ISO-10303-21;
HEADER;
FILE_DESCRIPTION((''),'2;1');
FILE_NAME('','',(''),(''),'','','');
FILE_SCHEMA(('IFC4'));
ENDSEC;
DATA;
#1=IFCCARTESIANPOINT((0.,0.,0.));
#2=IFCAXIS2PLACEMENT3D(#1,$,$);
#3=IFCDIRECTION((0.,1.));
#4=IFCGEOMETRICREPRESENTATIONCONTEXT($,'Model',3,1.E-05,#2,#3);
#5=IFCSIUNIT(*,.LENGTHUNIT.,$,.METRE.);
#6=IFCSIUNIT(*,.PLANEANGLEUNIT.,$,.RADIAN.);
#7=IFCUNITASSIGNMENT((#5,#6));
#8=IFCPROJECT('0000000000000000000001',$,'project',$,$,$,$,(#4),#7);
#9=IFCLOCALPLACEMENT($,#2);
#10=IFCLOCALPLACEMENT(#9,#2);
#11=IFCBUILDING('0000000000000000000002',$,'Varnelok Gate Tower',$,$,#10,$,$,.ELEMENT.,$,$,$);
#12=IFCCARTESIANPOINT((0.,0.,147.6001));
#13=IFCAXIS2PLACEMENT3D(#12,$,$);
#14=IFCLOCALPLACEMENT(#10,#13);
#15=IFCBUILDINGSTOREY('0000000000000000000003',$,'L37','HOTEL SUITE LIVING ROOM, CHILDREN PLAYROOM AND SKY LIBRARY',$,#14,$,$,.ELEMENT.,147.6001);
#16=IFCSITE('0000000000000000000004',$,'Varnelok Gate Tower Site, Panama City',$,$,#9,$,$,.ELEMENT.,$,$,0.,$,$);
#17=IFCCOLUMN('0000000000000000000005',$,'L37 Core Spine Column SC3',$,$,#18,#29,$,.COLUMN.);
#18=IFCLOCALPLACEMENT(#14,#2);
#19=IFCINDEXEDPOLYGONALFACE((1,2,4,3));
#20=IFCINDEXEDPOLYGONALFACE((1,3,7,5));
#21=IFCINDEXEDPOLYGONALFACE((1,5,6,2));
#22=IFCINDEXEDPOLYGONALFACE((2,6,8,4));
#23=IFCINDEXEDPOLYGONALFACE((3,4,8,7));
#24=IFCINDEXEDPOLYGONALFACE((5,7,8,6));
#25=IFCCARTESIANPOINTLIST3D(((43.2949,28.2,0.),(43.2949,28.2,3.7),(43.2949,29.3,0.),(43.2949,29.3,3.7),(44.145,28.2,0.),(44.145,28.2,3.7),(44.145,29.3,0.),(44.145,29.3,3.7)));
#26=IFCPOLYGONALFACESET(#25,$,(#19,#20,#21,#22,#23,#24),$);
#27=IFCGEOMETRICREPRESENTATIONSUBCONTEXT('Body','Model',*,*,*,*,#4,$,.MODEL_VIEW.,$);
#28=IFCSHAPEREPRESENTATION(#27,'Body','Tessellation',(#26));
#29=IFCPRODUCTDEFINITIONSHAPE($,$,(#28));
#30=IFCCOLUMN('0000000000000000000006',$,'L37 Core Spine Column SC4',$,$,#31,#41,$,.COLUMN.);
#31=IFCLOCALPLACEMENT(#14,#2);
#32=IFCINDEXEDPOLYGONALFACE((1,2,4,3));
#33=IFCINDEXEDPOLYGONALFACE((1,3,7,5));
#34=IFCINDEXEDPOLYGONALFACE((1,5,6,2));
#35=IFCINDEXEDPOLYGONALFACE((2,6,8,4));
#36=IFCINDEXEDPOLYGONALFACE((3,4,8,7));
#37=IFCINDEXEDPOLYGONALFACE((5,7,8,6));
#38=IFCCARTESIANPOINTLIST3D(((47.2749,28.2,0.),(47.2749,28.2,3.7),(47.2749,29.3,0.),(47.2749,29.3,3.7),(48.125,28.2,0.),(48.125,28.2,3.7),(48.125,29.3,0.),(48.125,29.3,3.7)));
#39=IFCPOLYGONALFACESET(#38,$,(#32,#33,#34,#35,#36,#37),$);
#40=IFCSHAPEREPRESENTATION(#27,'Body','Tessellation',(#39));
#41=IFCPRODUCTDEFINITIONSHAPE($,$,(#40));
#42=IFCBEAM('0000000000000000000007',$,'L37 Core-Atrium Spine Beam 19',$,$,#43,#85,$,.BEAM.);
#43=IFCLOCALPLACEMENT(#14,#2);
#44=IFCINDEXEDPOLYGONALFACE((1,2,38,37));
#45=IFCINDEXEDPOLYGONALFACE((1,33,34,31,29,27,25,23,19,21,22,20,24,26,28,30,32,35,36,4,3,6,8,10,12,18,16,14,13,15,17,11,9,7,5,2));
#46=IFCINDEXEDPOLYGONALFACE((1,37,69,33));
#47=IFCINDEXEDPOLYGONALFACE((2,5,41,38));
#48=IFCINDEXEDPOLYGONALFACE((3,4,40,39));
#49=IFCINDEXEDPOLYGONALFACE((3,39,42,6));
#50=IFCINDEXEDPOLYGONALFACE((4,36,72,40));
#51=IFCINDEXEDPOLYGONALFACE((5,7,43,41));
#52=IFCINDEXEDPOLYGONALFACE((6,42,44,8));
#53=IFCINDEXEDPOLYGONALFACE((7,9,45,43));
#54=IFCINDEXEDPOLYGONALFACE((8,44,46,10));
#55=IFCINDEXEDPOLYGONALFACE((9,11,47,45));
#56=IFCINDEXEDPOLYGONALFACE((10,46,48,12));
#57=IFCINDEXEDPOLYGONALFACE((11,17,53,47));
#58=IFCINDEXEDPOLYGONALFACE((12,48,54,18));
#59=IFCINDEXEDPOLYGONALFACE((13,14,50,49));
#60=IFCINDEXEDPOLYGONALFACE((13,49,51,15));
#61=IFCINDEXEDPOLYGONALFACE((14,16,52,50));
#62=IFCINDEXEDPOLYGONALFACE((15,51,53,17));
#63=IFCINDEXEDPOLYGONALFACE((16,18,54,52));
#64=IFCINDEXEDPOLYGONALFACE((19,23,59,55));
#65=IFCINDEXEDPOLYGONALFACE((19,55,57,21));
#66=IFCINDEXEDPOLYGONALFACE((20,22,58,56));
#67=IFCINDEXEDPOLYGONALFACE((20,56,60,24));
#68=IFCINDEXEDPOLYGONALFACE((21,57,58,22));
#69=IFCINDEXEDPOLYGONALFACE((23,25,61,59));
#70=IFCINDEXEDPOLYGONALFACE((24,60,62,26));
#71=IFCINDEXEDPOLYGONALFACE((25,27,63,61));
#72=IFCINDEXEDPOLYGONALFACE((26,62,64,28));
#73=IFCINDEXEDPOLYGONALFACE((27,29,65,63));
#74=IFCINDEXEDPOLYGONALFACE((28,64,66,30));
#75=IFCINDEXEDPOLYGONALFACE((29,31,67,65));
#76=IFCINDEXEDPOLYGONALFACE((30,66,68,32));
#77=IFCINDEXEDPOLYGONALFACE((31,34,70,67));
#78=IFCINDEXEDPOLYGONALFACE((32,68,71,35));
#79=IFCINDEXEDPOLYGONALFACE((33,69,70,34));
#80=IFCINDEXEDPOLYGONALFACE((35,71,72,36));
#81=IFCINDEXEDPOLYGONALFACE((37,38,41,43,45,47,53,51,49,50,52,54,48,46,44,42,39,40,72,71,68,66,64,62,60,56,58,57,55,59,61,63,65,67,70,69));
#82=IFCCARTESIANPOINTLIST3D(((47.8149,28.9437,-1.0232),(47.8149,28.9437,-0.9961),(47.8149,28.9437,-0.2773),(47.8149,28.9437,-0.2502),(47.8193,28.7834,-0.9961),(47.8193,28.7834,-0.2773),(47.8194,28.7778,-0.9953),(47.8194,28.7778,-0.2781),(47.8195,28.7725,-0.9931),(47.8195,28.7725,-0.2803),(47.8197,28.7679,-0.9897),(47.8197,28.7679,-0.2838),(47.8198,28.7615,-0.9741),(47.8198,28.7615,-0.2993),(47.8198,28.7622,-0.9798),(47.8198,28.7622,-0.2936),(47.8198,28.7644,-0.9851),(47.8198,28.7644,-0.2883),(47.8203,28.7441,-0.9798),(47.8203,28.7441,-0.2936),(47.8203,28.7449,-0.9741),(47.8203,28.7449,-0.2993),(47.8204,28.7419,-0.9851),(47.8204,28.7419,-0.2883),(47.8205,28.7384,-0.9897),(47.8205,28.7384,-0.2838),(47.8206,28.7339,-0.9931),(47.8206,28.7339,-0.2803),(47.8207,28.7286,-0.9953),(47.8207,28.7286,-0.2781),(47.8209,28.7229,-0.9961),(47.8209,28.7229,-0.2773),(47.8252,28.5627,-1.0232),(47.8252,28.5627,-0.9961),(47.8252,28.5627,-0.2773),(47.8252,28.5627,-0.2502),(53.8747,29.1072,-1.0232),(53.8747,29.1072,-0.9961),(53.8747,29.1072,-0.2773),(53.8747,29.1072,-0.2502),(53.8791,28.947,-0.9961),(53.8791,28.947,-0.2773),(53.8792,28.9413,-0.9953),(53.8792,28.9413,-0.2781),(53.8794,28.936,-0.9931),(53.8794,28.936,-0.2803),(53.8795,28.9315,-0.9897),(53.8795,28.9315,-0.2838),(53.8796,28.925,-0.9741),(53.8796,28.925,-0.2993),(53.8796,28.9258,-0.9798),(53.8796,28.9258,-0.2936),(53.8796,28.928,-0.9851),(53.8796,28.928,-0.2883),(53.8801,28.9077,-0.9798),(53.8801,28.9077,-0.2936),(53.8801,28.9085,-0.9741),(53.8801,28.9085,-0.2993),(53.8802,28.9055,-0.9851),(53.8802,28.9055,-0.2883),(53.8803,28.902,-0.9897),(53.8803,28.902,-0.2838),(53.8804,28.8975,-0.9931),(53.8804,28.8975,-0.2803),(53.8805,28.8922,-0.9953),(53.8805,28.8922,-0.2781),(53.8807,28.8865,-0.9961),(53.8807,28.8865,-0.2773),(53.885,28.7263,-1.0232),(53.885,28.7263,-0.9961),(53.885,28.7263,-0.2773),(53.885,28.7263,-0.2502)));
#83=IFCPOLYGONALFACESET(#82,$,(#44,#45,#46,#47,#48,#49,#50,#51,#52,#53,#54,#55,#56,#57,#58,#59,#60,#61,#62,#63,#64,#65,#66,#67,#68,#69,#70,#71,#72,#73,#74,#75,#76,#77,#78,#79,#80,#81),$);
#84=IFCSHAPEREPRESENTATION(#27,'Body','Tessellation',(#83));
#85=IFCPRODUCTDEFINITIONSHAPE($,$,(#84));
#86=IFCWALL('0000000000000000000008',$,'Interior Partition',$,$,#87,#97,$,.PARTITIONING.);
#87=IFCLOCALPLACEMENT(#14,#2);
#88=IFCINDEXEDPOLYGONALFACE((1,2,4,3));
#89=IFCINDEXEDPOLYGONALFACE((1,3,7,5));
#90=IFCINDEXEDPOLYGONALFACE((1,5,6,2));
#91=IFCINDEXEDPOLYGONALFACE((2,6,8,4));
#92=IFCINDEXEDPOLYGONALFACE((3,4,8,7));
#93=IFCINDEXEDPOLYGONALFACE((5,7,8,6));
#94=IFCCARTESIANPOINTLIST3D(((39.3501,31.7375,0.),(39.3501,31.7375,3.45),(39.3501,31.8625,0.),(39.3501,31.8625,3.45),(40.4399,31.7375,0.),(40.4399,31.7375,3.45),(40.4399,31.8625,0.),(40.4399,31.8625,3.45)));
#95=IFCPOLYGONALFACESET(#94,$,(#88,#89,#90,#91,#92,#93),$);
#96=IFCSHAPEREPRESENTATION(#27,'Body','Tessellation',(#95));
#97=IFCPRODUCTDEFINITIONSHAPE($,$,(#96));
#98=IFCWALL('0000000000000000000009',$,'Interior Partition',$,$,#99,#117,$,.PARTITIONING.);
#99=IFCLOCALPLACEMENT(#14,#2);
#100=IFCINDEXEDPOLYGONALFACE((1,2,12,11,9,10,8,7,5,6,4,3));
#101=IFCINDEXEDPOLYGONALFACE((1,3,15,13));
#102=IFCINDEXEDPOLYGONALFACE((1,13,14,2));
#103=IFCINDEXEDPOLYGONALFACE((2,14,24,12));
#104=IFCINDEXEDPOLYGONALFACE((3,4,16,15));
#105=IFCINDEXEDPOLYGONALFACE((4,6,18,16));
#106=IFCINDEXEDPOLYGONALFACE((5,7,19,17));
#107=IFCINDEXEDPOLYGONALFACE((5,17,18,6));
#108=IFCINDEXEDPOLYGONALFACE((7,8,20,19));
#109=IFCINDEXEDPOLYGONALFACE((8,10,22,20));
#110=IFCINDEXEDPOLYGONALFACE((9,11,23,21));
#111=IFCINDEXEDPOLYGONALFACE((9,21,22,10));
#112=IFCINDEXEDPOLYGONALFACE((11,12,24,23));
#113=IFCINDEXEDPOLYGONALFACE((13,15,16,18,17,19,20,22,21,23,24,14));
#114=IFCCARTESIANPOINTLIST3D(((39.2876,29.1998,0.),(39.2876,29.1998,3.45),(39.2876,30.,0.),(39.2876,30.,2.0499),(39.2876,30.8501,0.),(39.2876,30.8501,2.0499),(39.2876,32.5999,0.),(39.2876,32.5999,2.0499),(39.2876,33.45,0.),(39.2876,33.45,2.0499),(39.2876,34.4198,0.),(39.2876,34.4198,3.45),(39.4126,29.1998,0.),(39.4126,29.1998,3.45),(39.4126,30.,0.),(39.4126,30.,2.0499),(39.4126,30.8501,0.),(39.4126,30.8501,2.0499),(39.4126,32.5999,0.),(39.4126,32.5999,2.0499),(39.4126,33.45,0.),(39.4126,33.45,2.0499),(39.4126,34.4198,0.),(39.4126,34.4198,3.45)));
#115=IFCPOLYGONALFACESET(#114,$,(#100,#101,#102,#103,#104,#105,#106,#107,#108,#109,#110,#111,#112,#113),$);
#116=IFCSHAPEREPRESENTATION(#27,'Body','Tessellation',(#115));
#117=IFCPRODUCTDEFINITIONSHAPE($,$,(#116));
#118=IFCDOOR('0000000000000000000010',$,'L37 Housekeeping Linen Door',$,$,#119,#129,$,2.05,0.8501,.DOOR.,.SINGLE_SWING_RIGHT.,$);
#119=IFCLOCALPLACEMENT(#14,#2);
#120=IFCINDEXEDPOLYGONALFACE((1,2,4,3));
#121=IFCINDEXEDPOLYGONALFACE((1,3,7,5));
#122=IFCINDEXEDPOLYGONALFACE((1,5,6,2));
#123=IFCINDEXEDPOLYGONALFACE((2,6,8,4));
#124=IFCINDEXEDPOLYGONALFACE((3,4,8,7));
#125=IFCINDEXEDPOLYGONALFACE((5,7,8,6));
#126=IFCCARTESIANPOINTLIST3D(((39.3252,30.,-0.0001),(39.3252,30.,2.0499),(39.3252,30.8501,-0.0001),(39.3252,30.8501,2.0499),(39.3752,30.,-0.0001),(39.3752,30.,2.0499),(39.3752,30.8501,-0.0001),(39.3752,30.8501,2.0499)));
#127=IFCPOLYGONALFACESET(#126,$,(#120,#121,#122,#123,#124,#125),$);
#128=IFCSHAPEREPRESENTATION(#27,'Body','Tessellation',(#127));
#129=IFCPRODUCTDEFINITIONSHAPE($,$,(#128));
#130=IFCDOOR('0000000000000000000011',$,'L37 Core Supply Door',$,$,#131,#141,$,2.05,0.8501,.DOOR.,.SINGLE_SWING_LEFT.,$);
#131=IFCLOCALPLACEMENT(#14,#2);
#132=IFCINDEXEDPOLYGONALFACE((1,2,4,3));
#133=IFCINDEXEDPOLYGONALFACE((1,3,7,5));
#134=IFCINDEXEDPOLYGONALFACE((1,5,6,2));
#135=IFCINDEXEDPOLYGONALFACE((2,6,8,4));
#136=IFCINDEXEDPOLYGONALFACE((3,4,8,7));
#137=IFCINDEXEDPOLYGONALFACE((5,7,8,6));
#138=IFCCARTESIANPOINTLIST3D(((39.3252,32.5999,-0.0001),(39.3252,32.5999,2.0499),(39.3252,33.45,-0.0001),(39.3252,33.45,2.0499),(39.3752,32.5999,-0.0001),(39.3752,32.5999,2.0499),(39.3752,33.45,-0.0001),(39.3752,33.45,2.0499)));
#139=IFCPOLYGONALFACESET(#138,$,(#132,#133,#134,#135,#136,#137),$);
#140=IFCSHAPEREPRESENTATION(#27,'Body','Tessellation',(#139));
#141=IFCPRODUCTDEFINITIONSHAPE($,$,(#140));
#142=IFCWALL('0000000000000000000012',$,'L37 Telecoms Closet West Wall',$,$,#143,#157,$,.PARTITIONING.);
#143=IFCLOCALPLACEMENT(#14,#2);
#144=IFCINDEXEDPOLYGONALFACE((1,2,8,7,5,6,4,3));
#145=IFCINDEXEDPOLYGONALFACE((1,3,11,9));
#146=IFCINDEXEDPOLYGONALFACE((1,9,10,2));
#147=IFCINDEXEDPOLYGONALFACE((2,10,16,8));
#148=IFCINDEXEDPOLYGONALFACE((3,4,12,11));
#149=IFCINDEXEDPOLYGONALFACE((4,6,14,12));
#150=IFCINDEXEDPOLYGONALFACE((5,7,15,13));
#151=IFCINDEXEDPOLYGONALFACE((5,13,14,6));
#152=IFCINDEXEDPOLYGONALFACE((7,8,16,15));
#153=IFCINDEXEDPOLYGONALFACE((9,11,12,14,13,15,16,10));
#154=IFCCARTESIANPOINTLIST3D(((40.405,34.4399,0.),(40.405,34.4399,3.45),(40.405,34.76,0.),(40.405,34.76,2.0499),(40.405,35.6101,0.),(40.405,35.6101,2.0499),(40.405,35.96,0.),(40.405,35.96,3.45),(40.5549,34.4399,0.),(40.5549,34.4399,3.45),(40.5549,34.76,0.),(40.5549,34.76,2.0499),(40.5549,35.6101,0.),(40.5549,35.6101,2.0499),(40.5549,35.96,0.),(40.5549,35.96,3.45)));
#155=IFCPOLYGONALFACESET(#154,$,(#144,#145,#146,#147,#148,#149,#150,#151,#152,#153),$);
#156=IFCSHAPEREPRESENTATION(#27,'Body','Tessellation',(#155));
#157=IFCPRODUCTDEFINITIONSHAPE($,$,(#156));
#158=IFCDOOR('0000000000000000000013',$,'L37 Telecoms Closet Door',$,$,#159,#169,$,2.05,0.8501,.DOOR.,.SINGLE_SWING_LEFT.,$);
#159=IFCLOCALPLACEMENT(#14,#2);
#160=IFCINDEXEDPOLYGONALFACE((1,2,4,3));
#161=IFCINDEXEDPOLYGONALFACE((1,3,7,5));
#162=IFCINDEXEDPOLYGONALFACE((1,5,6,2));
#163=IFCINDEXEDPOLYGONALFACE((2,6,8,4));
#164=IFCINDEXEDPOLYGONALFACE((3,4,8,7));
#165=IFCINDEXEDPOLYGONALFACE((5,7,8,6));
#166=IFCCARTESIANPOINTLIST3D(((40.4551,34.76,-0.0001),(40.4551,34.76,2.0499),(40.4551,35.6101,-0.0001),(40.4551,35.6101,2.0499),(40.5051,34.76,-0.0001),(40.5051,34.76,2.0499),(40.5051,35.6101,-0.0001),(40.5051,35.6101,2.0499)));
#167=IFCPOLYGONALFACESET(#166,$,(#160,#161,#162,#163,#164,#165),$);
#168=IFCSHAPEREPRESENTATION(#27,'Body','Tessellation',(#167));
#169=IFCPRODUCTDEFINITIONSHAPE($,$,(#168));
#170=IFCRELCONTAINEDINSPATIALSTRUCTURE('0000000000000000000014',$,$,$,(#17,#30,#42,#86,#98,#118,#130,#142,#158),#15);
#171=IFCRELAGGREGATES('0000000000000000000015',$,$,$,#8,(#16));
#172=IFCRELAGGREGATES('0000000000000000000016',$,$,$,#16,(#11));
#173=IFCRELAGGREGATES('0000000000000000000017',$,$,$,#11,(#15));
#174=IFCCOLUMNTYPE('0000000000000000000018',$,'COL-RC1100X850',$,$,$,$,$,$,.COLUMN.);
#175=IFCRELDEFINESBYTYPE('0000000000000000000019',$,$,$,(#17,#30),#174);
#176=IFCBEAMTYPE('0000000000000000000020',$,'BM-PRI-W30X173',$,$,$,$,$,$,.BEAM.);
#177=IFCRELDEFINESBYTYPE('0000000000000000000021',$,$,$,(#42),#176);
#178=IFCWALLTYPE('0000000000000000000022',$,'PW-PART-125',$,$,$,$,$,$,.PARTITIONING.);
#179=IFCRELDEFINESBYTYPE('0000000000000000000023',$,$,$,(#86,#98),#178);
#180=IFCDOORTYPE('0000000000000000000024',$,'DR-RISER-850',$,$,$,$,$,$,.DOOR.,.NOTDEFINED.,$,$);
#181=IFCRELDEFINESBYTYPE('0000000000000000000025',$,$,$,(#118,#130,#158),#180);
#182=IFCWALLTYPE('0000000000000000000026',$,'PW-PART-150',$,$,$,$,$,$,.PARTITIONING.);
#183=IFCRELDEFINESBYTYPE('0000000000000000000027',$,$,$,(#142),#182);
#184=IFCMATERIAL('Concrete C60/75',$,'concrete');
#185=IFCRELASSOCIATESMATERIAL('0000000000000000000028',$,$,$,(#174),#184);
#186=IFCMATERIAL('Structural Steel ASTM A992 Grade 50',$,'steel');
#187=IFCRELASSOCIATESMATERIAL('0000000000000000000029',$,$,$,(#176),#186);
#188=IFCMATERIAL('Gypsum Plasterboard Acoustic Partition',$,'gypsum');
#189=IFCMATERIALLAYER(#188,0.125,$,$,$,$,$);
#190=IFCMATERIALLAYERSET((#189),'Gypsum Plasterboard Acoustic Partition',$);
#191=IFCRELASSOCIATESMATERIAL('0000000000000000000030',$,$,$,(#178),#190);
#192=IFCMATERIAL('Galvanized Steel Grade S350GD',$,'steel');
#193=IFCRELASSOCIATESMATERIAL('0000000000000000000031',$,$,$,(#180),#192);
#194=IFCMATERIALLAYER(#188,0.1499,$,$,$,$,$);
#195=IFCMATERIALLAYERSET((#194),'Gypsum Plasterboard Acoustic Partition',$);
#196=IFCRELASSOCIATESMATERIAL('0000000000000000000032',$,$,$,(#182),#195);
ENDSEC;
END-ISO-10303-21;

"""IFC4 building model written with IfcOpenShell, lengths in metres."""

from ifc_helpers import new_model, si_unit, direction, frame, frame_2d, origin, origin_2d, place, context, subcontext, project, spatial, rectangle, i_section, extrude, material, layer, layer_set, material_profile, profile_set, type_object, element, fill, save


model = new_model("IFC4")

# Units and contexts
model_context = context("Model", 3, precision=1e-05, world=origin(), true_north=direction((0.0, 1.0)))
body_context = subcontext(model_context, "Body", "Model", "MODEL_VIEW")
ifc_project = project(units=[si_unit("LENGTHUNIT", "METRE"), si_unit("PLANEANGLEUNIT", "RADIAN")], contexts=[model_context])

# Site, building, storey
site_placement = place(None, origin())
site = spatial("IfcSite", under=ifc_project, at=site_placement, Name="Varnelok Gate Tower Site, Panama City", CompositionType="ELEMENT", RefElevation=0.0)
building_placement = place(site_placement, origin())
building = spatial("IfcBuilding", under=site, at=building_placement, Name="Varnelok Gate Tower", CompositionType="ELEMENT")
storey_placement = place(building_placement, frame((0.0, 0.0, 147.6001)))
storey = spatial("IfcBuildingStorey", under=building, at=storey_placement, Name="L37", Description="HOTEL SUITE LIVING ROOM, CHILDREN PLAYROOM AND SKY LIBRARY", CompositionType="ELEMENT", Elevation=147.6001)

# Columns
ifc_material_1 = material(Name="Concrete C60/75", Category="concrete")
ifc_material_profile_1 = material_profile(ifc_material_1, rectangle(XDim=0.8501, YDim=1.1001, at=origin_2d()), Name="RC1100X850")
ifc_profile_set_1 = profile_set([ifc_material_profile_1], Name="Concrete C60/75")
column_type = type_object("IfcColumnType", Name="COL-RC1100X850", PredefinedType="COLUMN", material=ifc_profile_set_1)
for number, where, z_axis, x_axis, name in (
    (1, (43.72, 28.75, 0.0), (0.0, 0.0, 1.0), (1.0, 0.0, 0.0), "L37 Core Spine Column SC3"),
    (2, (47.7, 28.75, 0.0), (0.0, 0.0, 1.0), (1.0, 0.0, 0.0), "L37 Core Spine Column SC4"),
):
    element("IfcColumn", number, at=place(storey_placement, frame(where, z_axis=z_axis, x_axis=x_axis)), inside=storey, type_object=column_type, Name=name, PredefinedType="COLUMN", context=body_context, shape_type="SweptSolid", body=[
        extrude(rectangle(XDim=0.8501, YDim=1.1001, at=origin_2d()), origin(), (0.0, 0.0, 1.0), 3.7),
    ])

# Beam
ifc_material_2 = material(Name="Structural Steel ASTM A992 Grade 50", Category="steel")
ifc_material_profile_2 = material_profile(ifc_material_2, i_section(OverallWidth=0.3811, OverallDepth=0.7729, WebThickness=0.0166, FlangeThickness=0.0271, FilletRadius=0.022, at=origin_2d()), Name="W30X173")
ifc_profile_set_2 = profile_set([ifc_material_profile_2], Name="Structural Steel ASTM A992 Grade 50")
beam_type = type_object("IfcBeamType", Name="BM-PRI-W30X173", PredefinedType="BEAM", material=ifc_profile_set_2)
beam_placement = place(storey_placement, frame((47.8201, 28.7532, -0.6367), z_axis=(0.999636, 0.026983, 0.0), x_axis=(-0.026983, 0.999636, 0.0)))
element("IfcBeam", 3, at=beam_placement, inside=storey, type_object=beam_type, Name="L37 Core-Atrium Spine Beam 19", PredefinedType="BEAM", context=body_context, shape_type="SweptSolid", body=[
    extrude(i_section(OverallWidth=0.3811, OverallDepth=0.7729, WebThickness=0.0166, FlangeThickness=0.0271, FilletRadius=0.022, at=origin_2d()), origin(), (0.0, 0.0, 1.0), 6.062),
])

# Wall
ifc_material_3 = material(Name="Gypsum Plasterboard Acoustic Partition", Category="gypsum")
ifc_layer_1 = layer(ifc_material_3, 0.125)
ifc_layer_set_1 = layer_set([ifc_layer_1], Name="Gypsum Plasterboard Acoustic Partition")
wall_type_1 = type_object("IfcWallType", Name="PW-PART-125", PredefinedType="PARTITIONING", material=ifc_layer_set_1)
wall_1_placement = place(storey_placement, frame((39.3501, 31.8, 0.0), z_axis=(0.0, 0.0, 1.0), x_axis=(1.0, 0.0, 0.0)))
element("IfcWall", 4, at=wall_1_placement, inside=storey, type_object=wall_type_1, Name="Interior Partition", PredefinedType="PARTITIONING", context=body_context, shape_type="SweptSolid", body=[
    extrude(rectangle(XDim=1.0898, YDim=0.125, at=frame_2d((0.5449, 0.0))), origin(), (0.0, 0.0, 1.0), 3.45),
])

# Wall, openings, doors
wall_2_placement = place(storey_placement, frame((39.3501, 29.2, 0.0), z_axis=(0.0, 0.0, 1.0), x_axis=(0.0, 1.0, 0.0)))
wall_2 = element("IfcWall", 5, at=wall_2_placement, inside=storey, type_object=wall_type_1, Name="Interior Partition", PredefinedType="PARTITIONING", context=body_context, shape_type="SweptSolid", body=[
    extrude(rectangle(XDim=5.22, YDim=0.125, at=frame_2d((2.6099, 0.0))), origin(), (0.0, 0.0, 1.0), 3.45),
])
opening_1_placement = place(wall_2_placement, frame((0.8, 0.0, 0.0)))
opening_1 = element("IfcOpeningElement", 6, at=opening_1_placement, cuts=wall_2, PredefinedType="OPENING", context=body_context, shape_type="SweptSolid", body=[
    extrude(rectangle(XDim=0.8501, YDim=2.05, at=frame_2d((0.425, 1.0249))), frame((0.0, 0.0725, 0.0), z_axis=(0.0, -1.0, 0.0), x_axis=(1.0, 0.0, 0.0)), (0.0, 0.0, 1.0), 0.145),
])
opening_2_placement = place(wall_2_placement, frame((3.3999, 0.0, 0.0)))
opening_2 = element("IfcOpeningElement", 7, at=opening_2_placement, cuts=wall_2, PredefinedType="OPENING", context=body_context, shape_type="SweptSolid", body=[
    extrude(rectangle(XDim=0.8501, YDim=2.05, at=frame_2d((0.425, 1.0249))), frame((0.0, 0.0725, 0.0), z_axis=(0.0, -1.0, 0.0), x_axis=(1.0, 0.0, 0.0)), (0.0, 0.0, 1.0), 0.145),
])
ifc_material_4 = material(Name="Galvanized Steel Grade S350GD", Category="steel")
door_type_1 = type_object("IfcDoorType", Name="DR-RISER-850", OperationType="NOTDEFINED", PredefinedType="DOOR", material=ifc_material_4)
door_1_placement = place(opening_1_placement, origin())
door_1 = element("IfcDoor", 8, at=door_1_placement, inside=storey, type_object=door_type_1, Name="L37 Housekeeping Linen Door", OperationType="SINGLE_SWING_RIGHT", OverallHeight=2.05, OverallWidth=0.8501, PredefinedType="DOOR", context=body_context, shape_type="SweptSolid", body=[
    extrude(rectangle(XDim=0.8501, YDim=2.05, at=frame_2d((0.425, 1.0249))), frame((0.0, 0.0249, 0.0), z_axis=(0.0, -1.0, 0.0), x_axis=(1.0, 0.0, 0.0)), (0.0, 0.0, 1.0), 0.05),
])
fill(opening_1, door_1)
door_2_placement = place(opening_2_placement, origin())
door_2 = element("IfcDoor", 9, at=door_2_placement, inside=storey, type_object=door_type_1, Name="L37 Core Supply Door", OperationType="SINGLE_SWING_LEFT", OverallHeight=2.05, OverallWidth=0.8501, PredefinedType="DOOR", context=body_context, shape_type="SweptSolid", body=[
    extrude(rectangle(XDim=0.8501, YDim=2.05, at=frame_2d((0.425, 1.0249))), frame((0.0, 0.0249, 0.0), z_axis=(0.0, -1.0, 0.0), x_axis=(1.0, 0.0, 0.0)), (0.0, 0.0, 1.0), 0.05),
])
fill(opening_2, door_2)

# Wall, opening, door
ifc_layer_2 = layer(ifc_material_3, 0.1499)
ifc_layer_set_2 = layer_set([ifc_layer_2], Name="Gypsum Plasterboard Acoustic Partition")
wall_type_2 = type_object("IfcWallType", Name="PW-PART-150", PredefinedType="PARTITIONING", material=ifc_layer_set_2)
wall_3_placement = place(storey_placement, frame((40.48, 34.4399, 0.0), z_axis=(0.0, 0.0, 1.0), x_axis=(0.0, 1.0, 0.0)))
wall_3 = element("IfcWall", 10, at=wall_3_placement, inside=storey, type_object=wall_type_2, Name="L37 Telecoms Closet West Wall", PredefinedType="PARTITIONING", context=body_context, shape_type="SweptSolid", body=[
    extrude(rectangle(XDim=1.52, YDim=0.1499, at=frame_2d((0.76, 0.0))), origin(), (0.0, 0.0, 1.0), 3.45),
])
opening_3_placement = place(wall_3_placement, frame((0.3201, 0.0, 0.0)))
opening_3 = element("IfcOpeningElement", 11, at=opening_3_placement, cuts=wall_3, PredefinedType="OPENING", context=body_context, shape_type="SweptSolid", body=[
    extrude(rectangle(XDim=0.8501, YDim=2.05, at=frame_2d((0.425, 1.0249))), frame((0.0, 0.085, 0.0), z_axis=(0.0, -1.0, 0.0), x_axis=(1.0, 0.0, 0.0)), (0.0, 0.0, 1.0), 0.1699),
])
door_3_placement = place(opening_3_placement, origin())
door_3 = element("IfcDoor", 12, at=door_3_placement, inside=storey, type_object=door_type_1, Name="L37 Telecoms Closet Door", OperationType="SINGLE_SWING_LEFT", OverallHeight=2.05, OverallWidth=0.8501, PredefinedType="DOOR", context=body_context, shape_type="SweptSolid", body=[
    extrude(rectangle(XDim=0.8501, YDim=2.05, at=frame_2d((0.425, 1.0249))), frame((0.0, 0.0249, 0.0), z_axis=(0.0, -1.0, 0.0), x_axis=(1.0, 0.0, 0.0)), (0.0, 0.0, 1.0), 0.05),
])
fill(opening_3, door_3)

save(model, "model.ifc")
